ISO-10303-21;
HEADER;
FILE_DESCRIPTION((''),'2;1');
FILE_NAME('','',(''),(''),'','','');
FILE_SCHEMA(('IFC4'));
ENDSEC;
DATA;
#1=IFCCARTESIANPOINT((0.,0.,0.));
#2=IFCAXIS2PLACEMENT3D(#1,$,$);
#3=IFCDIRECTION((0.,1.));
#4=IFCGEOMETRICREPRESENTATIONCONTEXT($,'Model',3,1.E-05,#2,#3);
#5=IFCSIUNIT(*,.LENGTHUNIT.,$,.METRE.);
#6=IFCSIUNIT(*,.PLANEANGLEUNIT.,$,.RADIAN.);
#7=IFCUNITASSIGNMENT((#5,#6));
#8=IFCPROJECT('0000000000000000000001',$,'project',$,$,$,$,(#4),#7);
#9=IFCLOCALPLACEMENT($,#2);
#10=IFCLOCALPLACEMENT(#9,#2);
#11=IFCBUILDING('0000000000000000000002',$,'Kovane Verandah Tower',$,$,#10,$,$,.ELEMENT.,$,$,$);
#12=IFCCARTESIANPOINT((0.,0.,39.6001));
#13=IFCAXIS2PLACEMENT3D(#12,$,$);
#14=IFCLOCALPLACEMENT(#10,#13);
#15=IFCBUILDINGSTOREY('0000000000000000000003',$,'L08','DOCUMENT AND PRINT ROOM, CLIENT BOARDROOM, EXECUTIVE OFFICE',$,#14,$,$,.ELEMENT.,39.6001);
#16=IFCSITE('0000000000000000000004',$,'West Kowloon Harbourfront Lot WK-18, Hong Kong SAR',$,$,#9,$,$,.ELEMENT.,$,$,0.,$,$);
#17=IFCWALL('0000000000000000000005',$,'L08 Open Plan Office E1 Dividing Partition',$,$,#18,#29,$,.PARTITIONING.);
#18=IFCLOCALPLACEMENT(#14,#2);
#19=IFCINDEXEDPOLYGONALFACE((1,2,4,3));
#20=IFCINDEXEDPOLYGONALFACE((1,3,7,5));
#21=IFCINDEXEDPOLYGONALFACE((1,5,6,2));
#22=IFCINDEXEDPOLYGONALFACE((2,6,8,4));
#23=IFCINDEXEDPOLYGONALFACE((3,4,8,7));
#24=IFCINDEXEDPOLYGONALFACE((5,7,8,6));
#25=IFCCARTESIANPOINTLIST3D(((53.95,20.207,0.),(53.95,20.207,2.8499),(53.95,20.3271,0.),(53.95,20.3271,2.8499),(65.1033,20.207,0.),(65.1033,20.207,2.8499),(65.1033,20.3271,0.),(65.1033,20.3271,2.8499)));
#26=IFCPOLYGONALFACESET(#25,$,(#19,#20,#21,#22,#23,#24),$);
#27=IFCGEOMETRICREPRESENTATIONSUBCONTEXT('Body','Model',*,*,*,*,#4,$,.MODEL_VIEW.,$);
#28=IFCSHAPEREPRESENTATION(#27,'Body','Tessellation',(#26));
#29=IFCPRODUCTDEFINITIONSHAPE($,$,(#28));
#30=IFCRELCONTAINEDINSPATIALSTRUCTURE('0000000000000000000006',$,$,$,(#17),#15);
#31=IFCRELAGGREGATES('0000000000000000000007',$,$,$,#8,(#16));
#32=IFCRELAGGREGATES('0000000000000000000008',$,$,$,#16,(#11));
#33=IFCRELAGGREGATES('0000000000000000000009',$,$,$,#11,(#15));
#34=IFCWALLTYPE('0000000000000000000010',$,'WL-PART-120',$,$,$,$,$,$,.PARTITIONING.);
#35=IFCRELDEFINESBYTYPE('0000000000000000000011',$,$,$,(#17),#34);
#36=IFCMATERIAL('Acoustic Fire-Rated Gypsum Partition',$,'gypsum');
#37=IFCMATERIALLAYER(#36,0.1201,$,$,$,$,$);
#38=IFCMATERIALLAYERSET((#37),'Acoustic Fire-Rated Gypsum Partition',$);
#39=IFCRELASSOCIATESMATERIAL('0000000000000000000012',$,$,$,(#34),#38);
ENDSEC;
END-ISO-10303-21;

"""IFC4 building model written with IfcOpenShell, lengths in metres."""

from ifc_helpers import new_model, si_unit, direction, frame, frame_2d, origin, place, context, subcontext, project, spatial, rectangle, extrude, material, layer, layer_set, type_object, element, save


model = new_model("IFC4")

# Units and contexts
model_context = context("Model", 3, precision=1e-05, world=origin(), true_north=direction((0.0, 1.0)))
body_context = subcontext(model_context, "Body", "Model", "MODEL_VIEW")
ifc_project = project(units=[si_unit("LENGTHUNIT", "METRE"), si_unit("PLANEANGLEUNIT", "RADIAN")], contexts=[model_context])

# Site, building, storey
site_placement = place(None, origin())
site = spatial("IfcSite", under=ifc_project, at=site_placement, Name="West Kowloon Harbourfront Lot WK-18, Hong Kong SAR", CompositionType="ELEMENT", RefElevation=0.0)
building_placement = place(site_placement, origin())
building = spatial("IfcBuilding", under=site, at=building_placement, Name="Kovane Verandah Tower", CompositionType="ELEMENT")
storey_placement = place(building_placement, frame((0.0, 0.0, 39.6001)))
storey = spatial("IfcBuildingStorey", under=building, at=storey_placement, Name="L08", Description="DOCUMENT AND PRINT ROOM, CLIENT BOARDROOM, EXECUTIVE OFFICE", CompositionType="ELEMENT", Elevation=39.6001)

# Wall
ifc_material_1 = material(Name="Acoustic Fire-Rated Gypsum Partition", Category="gypsum")
ifc_layer_1 = layer(ifc_material_1, 0.1201)
ifc_layer_set_1 = layer_set([ifc_layer_1], Name="Acoustic Fire-Rated Gypsum Partition")
wall_type_1 = type_object("IfcWallType", Name="WL-PART-120", PredefinedType="PARTITIONING", material=ifc_layer_set_1)
wall_1_placement = place(storey_placement, frame((53.95, 20.2671, 0.0), z_axis=(0.0, 0.0, 1.0), x_axis=(1.0, 0.0, 0.0)))
element("IfcWall", 1, at=wall_1_placement, inside=storey, type_object=wall_type_1, Name="L08 Open Plan Office E1 Dividing Partition", PredefinedType="PARTITIONING", context=body_context, shape_type="SweptSolid", body=[
    extrude(rectangle(XDim=11.1533, YDim=0.1201, at=frame_2d((5.5767, 0.0))), origin(), (0.0, 0.0, 1.0), 2.8499),
])

save(model, "model.ifc")
